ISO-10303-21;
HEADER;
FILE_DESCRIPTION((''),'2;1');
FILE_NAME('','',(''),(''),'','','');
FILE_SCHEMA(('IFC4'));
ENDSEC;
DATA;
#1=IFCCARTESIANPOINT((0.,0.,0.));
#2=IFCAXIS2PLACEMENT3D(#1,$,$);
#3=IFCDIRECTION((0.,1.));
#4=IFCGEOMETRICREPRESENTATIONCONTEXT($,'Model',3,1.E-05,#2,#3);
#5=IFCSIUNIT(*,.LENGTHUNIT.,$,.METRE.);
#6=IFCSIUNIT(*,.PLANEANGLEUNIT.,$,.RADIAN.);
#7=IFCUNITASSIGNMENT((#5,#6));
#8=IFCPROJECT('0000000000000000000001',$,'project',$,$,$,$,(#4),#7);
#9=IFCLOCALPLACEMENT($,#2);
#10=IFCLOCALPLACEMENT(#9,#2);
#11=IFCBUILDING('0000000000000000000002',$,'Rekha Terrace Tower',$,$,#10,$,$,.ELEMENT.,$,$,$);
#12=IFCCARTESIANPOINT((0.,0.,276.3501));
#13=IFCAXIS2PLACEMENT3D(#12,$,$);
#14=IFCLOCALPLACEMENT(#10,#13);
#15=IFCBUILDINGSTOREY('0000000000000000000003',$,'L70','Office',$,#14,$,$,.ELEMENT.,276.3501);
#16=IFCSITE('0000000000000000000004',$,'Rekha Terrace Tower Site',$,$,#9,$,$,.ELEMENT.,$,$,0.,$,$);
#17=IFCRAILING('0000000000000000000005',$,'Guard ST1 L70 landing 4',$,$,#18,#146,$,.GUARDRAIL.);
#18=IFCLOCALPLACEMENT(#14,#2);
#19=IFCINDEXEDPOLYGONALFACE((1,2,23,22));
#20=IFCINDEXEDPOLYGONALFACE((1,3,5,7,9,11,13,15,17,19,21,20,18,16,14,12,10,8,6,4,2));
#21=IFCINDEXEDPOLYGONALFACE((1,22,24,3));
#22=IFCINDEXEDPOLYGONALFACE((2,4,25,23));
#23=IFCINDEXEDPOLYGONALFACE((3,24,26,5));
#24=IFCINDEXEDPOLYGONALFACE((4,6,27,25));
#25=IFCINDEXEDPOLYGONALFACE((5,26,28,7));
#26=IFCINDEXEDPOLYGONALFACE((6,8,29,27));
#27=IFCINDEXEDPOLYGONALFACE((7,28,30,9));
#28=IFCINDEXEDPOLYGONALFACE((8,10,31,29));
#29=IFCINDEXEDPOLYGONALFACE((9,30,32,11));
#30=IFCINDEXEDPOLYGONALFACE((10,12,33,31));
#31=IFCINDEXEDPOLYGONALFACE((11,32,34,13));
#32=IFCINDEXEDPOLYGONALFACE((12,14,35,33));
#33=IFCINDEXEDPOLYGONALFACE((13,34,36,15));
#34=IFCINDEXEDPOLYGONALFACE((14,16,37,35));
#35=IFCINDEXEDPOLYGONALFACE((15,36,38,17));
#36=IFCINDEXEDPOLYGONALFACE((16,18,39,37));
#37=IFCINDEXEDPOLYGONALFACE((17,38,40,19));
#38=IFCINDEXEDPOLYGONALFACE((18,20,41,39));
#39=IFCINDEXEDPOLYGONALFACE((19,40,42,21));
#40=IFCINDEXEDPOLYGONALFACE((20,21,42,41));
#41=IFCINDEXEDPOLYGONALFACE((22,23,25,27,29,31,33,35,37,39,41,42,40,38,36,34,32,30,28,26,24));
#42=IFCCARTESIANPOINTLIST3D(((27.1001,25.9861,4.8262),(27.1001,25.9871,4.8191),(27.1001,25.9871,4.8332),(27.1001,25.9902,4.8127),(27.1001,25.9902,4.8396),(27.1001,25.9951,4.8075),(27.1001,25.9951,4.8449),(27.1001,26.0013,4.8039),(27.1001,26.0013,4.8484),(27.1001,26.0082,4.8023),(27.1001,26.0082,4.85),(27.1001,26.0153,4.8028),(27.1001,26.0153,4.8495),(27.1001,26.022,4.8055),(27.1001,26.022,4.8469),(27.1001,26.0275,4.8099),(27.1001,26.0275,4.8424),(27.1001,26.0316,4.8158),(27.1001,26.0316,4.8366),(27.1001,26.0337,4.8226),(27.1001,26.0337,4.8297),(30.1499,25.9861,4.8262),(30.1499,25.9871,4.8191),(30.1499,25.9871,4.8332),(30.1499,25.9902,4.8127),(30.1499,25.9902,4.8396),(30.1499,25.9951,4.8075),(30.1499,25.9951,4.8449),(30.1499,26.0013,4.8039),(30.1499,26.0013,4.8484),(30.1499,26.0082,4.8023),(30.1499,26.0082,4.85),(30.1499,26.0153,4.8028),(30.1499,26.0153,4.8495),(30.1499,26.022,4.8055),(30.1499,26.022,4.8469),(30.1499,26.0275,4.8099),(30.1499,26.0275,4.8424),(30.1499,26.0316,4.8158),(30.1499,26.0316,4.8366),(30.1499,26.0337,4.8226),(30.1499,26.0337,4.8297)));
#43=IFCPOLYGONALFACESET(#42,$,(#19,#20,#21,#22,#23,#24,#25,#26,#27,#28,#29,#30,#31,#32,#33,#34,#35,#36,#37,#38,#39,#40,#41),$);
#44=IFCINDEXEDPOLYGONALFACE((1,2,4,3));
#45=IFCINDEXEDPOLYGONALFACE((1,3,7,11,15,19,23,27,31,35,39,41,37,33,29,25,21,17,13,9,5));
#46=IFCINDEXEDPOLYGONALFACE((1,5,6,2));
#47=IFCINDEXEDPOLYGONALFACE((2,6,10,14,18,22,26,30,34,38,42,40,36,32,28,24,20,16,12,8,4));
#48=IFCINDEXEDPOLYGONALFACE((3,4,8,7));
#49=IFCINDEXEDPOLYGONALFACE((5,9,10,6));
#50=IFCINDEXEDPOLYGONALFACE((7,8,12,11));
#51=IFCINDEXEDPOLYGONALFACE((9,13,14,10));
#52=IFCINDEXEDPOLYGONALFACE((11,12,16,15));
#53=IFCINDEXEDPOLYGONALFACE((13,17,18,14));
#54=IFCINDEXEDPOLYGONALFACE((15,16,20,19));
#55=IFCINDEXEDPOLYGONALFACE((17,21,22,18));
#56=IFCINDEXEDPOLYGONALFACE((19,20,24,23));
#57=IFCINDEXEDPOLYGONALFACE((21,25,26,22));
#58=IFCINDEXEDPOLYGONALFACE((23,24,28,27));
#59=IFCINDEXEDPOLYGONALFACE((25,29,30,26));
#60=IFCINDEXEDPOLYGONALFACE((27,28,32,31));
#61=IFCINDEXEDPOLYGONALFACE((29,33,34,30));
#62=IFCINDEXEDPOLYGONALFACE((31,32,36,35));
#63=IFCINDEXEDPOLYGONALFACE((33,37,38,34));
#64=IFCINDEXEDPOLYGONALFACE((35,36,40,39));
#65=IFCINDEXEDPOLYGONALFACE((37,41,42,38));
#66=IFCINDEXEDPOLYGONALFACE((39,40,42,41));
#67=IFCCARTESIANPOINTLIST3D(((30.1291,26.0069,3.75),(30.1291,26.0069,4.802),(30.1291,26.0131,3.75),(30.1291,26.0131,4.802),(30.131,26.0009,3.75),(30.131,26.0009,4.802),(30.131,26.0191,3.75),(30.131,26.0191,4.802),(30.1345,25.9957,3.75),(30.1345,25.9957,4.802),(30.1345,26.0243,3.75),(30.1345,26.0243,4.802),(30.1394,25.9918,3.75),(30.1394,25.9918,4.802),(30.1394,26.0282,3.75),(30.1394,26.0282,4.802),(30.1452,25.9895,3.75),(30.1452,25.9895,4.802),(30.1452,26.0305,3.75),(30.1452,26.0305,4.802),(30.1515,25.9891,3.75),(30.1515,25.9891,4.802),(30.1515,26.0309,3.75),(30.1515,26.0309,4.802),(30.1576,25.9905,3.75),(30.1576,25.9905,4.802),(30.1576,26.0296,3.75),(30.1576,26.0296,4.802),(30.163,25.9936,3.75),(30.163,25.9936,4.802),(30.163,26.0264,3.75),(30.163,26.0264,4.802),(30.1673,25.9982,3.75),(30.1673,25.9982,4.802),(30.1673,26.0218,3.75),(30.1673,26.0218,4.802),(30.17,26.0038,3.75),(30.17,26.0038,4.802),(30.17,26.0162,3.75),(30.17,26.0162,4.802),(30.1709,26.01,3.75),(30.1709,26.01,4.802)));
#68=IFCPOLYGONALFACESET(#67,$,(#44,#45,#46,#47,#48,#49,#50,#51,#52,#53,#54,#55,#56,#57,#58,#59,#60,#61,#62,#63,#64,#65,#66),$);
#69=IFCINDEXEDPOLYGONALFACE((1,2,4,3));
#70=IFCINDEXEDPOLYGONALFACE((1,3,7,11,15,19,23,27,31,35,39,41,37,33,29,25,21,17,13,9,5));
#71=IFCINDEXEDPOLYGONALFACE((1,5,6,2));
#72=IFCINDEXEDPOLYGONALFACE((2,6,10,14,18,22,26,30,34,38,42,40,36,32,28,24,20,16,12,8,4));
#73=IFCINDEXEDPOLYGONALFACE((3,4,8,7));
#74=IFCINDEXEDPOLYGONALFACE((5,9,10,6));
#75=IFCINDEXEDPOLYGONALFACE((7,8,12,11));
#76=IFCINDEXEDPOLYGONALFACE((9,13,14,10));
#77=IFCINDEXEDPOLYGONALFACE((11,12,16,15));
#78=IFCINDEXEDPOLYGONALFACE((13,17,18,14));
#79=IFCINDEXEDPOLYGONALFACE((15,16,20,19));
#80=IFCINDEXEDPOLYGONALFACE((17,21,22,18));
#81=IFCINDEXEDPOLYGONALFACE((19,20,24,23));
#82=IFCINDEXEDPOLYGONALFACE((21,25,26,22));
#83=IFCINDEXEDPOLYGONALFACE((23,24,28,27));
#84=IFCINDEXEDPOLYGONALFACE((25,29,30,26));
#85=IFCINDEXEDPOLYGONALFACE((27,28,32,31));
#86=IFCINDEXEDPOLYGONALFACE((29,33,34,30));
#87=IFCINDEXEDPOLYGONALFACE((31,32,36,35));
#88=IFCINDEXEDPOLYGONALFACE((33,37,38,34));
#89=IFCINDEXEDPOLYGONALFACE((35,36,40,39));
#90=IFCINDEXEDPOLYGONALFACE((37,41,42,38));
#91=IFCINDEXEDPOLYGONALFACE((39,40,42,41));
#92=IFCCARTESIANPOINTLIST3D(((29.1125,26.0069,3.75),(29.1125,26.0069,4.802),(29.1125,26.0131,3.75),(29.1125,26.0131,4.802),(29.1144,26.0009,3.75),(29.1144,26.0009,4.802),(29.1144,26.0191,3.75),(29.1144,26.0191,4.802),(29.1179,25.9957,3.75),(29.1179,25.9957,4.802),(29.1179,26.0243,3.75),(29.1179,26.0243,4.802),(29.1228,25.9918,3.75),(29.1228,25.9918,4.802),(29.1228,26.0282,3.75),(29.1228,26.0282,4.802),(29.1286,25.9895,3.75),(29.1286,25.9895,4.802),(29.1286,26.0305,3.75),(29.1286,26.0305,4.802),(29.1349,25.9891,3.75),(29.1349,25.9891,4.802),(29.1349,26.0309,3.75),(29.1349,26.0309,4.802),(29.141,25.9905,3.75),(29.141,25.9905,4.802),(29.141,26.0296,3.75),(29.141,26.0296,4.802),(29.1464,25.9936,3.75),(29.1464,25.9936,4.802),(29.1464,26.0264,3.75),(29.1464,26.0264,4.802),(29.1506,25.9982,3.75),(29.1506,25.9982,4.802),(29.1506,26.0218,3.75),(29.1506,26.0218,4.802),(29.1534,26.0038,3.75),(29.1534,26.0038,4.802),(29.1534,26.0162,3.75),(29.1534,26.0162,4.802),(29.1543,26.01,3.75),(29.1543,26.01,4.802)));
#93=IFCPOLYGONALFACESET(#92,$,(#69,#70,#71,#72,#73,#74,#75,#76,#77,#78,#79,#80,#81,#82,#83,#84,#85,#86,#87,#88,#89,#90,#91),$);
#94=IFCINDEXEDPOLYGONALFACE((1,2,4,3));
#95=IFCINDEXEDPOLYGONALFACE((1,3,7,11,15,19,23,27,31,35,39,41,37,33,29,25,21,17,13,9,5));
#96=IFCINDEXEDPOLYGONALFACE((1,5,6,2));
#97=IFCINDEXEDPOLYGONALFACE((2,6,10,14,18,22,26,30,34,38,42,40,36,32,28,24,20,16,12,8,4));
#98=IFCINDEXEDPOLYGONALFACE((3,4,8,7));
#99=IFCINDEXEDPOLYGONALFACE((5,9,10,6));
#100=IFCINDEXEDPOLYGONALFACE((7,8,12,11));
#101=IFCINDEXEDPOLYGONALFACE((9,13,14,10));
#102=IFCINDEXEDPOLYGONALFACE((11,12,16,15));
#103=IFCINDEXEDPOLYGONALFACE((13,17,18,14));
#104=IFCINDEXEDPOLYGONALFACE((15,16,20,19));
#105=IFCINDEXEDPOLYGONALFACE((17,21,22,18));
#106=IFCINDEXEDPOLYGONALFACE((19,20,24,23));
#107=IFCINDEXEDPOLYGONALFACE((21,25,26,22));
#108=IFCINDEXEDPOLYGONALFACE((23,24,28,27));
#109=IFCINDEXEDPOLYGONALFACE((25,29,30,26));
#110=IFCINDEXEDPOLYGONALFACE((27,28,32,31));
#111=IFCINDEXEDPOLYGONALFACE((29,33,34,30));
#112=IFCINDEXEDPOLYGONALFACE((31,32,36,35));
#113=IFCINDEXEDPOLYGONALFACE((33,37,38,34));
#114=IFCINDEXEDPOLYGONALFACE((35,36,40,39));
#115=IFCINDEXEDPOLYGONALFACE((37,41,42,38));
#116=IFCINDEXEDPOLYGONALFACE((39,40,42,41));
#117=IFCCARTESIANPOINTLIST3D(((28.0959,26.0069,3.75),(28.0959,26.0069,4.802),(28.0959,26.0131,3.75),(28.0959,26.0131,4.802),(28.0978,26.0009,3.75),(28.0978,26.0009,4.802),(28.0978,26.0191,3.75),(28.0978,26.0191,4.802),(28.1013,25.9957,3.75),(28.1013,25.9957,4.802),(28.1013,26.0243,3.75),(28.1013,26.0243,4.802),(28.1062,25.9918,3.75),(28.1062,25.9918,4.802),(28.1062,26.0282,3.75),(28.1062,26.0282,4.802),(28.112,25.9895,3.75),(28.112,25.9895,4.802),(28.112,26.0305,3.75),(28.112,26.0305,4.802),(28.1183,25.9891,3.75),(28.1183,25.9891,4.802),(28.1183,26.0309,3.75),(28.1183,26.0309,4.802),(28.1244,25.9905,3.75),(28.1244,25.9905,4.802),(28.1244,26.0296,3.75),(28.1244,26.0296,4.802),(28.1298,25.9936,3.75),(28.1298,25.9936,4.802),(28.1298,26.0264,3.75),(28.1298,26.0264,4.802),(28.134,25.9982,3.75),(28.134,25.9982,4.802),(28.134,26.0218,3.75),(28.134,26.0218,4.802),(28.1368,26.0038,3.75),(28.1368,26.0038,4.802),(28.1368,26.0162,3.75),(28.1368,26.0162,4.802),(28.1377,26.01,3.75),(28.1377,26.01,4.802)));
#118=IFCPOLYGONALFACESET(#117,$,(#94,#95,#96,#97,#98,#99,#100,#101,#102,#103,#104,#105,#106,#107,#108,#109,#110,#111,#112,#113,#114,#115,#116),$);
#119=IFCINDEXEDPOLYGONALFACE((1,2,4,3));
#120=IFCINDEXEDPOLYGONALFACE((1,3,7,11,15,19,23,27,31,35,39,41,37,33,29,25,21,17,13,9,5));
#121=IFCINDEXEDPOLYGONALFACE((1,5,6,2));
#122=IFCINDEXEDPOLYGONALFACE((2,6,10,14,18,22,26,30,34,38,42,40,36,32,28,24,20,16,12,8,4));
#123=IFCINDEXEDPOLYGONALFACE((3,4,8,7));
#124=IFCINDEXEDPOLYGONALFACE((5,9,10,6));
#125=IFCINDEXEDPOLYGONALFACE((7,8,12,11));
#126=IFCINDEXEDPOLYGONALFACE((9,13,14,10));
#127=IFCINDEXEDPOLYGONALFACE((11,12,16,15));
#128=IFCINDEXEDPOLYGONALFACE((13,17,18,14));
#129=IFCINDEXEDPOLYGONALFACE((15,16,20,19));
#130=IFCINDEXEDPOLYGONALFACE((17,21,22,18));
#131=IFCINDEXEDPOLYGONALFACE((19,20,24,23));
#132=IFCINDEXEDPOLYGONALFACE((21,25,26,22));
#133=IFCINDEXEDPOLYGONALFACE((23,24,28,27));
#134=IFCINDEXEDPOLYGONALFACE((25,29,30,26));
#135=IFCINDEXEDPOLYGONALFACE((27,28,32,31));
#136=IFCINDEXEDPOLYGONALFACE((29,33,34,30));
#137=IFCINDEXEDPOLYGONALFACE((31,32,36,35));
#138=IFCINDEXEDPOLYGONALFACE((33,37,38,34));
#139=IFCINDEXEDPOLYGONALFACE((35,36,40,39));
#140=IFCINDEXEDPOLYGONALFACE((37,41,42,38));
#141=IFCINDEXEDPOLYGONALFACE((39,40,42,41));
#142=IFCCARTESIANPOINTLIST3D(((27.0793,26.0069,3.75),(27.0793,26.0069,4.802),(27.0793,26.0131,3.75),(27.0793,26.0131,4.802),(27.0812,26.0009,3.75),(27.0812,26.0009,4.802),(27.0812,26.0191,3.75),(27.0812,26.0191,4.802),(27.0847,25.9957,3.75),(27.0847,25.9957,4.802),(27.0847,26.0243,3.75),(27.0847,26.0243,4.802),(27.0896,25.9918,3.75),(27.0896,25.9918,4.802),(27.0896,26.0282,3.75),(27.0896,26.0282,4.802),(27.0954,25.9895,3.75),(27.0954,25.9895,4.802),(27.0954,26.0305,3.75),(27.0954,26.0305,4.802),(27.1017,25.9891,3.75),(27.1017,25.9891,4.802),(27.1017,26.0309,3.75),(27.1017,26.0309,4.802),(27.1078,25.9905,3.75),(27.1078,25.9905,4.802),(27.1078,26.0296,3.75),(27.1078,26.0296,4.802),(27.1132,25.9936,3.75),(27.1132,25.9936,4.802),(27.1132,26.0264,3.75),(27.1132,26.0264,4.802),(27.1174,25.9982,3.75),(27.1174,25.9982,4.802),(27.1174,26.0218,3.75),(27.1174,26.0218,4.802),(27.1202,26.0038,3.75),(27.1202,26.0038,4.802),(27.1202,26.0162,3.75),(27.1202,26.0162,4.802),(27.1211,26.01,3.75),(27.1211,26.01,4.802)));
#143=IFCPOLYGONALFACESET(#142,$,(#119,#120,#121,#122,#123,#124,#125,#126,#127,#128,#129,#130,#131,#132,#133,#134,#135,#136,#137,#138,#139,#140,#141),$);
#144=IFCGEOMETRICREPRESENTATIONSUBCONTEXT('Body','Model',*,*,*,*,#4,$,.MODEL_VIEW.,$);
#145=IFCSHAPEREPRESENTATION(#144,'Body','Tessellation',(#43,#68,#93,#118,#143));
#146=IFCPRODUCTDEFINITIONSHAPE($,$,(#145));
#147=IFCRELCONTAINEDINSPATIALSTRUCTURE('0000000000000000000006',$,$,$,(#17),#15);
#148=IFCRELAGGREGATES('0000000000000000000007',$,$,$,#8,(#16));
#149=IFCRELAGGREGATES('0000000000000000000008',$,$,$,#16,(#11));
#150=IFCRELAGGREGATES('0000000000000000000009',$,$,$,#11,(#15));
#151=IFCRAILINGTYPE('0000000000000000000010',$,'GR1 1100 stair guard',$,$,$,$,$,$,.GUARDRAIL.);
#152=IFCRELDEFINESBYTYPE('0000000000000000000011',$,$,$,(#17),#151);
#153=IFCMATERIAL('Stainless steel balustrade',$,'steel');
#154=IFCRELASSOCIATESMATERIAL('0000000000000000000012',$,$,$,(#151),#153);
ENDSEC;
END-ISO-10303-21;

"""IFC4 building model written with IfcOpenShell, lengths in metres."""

from ifc_helpers import new_model, si_unit, direction, frame, origin, origin_2d, place, context, subcontext, project, spatial, circle, extrude, material, type_object, element, save


model = new_model("IFC4")

# Units and contexts
model_context = context("Model", 3, precision=1e-05, world=origin(), true_north=direction((0.0, 1.0)))
body_context = subcontext(model_context, "Body", "Model", "MODEL_VIEW")
ifc_project = project(units=[si_unit("LENGTHUNIT", "METRE"), si_unit("PLANEANGLEUNIT", "RADIAN")], contexts=[model_context])

# Site, building, storey
site_placement = place(None, origin())
site = spatial("IfcSite", under=ifc_project, at=site_placement, Name="Rekha Terrace Tower Site", CompositionType="ELEMENT", RefElevation=0.0)
building_placement = place(site_placement, origin())
building = spatial("IfcBuilding", under=site, at=building_placement, Name="Rekha Terrace Tower", CompositionType="ELEMENT")
storey_placement = place(building_placement, frame((0.0, 0.0, 276.3501)))
storey = spatial("IfcBuildingStorey", under=building, at=storey_placement, Name="L70", Description="Office", CompositionType="ELEMENT", Elevation=276.3501)

# Railing
ifc_material_1 = material(Name="Stainless steel balustrade", Category="steel")
railing_type_1 = type_object("IfcRailingType", Name="GR1 1100 stair guard", PredefinedType="GUARDRAIL", material=ifc_material_1)
railing_1_placement = place(storey_placement, frame((30.1499, 26.01, 3.75)))
element("IfcRailing", 1, at=railing_1_placement, inside=storey, type_object=railing_type_1, Name="Guard ST1 L70 landing 4", PredefinedType="GUARDRAIL", context=body_context, shape_type="SweptSolid", body=[
    extrude(circle(Radius=0.0239, at=origin_2d()), frame((0.0, 0.0, 1.0762), z_axis=(-1.0, 0.0, 0.0), x_axis=(0.0, -1.0, 0.0)), (0.0, 0.0, 1.0), 3.0498),
    extrude(circle(Radius=0.021, at=origin_2d()), origin(), (0.0, 0.0, 1.0), 1.052),
    extrude(circle(Radius=0.021, at=origin_2d()), frame((-1.0166, 0.0, 0.0)), (0.0, 0.0, 1.0), 1.052),
    extrude(circle(Radius=0.021, at=origin_2d()), frame((-2.0332, 0.0, 0.0)), (0.0, 0.0, 1.0), 1.052),
    extrude(circle(Radius=0.021, at=origin_2d()), frame((-3.0498, 0.0, 0.0)), (0.0, 0.0, 1.0), 1.052),
])

save(model, "model.ifc")
